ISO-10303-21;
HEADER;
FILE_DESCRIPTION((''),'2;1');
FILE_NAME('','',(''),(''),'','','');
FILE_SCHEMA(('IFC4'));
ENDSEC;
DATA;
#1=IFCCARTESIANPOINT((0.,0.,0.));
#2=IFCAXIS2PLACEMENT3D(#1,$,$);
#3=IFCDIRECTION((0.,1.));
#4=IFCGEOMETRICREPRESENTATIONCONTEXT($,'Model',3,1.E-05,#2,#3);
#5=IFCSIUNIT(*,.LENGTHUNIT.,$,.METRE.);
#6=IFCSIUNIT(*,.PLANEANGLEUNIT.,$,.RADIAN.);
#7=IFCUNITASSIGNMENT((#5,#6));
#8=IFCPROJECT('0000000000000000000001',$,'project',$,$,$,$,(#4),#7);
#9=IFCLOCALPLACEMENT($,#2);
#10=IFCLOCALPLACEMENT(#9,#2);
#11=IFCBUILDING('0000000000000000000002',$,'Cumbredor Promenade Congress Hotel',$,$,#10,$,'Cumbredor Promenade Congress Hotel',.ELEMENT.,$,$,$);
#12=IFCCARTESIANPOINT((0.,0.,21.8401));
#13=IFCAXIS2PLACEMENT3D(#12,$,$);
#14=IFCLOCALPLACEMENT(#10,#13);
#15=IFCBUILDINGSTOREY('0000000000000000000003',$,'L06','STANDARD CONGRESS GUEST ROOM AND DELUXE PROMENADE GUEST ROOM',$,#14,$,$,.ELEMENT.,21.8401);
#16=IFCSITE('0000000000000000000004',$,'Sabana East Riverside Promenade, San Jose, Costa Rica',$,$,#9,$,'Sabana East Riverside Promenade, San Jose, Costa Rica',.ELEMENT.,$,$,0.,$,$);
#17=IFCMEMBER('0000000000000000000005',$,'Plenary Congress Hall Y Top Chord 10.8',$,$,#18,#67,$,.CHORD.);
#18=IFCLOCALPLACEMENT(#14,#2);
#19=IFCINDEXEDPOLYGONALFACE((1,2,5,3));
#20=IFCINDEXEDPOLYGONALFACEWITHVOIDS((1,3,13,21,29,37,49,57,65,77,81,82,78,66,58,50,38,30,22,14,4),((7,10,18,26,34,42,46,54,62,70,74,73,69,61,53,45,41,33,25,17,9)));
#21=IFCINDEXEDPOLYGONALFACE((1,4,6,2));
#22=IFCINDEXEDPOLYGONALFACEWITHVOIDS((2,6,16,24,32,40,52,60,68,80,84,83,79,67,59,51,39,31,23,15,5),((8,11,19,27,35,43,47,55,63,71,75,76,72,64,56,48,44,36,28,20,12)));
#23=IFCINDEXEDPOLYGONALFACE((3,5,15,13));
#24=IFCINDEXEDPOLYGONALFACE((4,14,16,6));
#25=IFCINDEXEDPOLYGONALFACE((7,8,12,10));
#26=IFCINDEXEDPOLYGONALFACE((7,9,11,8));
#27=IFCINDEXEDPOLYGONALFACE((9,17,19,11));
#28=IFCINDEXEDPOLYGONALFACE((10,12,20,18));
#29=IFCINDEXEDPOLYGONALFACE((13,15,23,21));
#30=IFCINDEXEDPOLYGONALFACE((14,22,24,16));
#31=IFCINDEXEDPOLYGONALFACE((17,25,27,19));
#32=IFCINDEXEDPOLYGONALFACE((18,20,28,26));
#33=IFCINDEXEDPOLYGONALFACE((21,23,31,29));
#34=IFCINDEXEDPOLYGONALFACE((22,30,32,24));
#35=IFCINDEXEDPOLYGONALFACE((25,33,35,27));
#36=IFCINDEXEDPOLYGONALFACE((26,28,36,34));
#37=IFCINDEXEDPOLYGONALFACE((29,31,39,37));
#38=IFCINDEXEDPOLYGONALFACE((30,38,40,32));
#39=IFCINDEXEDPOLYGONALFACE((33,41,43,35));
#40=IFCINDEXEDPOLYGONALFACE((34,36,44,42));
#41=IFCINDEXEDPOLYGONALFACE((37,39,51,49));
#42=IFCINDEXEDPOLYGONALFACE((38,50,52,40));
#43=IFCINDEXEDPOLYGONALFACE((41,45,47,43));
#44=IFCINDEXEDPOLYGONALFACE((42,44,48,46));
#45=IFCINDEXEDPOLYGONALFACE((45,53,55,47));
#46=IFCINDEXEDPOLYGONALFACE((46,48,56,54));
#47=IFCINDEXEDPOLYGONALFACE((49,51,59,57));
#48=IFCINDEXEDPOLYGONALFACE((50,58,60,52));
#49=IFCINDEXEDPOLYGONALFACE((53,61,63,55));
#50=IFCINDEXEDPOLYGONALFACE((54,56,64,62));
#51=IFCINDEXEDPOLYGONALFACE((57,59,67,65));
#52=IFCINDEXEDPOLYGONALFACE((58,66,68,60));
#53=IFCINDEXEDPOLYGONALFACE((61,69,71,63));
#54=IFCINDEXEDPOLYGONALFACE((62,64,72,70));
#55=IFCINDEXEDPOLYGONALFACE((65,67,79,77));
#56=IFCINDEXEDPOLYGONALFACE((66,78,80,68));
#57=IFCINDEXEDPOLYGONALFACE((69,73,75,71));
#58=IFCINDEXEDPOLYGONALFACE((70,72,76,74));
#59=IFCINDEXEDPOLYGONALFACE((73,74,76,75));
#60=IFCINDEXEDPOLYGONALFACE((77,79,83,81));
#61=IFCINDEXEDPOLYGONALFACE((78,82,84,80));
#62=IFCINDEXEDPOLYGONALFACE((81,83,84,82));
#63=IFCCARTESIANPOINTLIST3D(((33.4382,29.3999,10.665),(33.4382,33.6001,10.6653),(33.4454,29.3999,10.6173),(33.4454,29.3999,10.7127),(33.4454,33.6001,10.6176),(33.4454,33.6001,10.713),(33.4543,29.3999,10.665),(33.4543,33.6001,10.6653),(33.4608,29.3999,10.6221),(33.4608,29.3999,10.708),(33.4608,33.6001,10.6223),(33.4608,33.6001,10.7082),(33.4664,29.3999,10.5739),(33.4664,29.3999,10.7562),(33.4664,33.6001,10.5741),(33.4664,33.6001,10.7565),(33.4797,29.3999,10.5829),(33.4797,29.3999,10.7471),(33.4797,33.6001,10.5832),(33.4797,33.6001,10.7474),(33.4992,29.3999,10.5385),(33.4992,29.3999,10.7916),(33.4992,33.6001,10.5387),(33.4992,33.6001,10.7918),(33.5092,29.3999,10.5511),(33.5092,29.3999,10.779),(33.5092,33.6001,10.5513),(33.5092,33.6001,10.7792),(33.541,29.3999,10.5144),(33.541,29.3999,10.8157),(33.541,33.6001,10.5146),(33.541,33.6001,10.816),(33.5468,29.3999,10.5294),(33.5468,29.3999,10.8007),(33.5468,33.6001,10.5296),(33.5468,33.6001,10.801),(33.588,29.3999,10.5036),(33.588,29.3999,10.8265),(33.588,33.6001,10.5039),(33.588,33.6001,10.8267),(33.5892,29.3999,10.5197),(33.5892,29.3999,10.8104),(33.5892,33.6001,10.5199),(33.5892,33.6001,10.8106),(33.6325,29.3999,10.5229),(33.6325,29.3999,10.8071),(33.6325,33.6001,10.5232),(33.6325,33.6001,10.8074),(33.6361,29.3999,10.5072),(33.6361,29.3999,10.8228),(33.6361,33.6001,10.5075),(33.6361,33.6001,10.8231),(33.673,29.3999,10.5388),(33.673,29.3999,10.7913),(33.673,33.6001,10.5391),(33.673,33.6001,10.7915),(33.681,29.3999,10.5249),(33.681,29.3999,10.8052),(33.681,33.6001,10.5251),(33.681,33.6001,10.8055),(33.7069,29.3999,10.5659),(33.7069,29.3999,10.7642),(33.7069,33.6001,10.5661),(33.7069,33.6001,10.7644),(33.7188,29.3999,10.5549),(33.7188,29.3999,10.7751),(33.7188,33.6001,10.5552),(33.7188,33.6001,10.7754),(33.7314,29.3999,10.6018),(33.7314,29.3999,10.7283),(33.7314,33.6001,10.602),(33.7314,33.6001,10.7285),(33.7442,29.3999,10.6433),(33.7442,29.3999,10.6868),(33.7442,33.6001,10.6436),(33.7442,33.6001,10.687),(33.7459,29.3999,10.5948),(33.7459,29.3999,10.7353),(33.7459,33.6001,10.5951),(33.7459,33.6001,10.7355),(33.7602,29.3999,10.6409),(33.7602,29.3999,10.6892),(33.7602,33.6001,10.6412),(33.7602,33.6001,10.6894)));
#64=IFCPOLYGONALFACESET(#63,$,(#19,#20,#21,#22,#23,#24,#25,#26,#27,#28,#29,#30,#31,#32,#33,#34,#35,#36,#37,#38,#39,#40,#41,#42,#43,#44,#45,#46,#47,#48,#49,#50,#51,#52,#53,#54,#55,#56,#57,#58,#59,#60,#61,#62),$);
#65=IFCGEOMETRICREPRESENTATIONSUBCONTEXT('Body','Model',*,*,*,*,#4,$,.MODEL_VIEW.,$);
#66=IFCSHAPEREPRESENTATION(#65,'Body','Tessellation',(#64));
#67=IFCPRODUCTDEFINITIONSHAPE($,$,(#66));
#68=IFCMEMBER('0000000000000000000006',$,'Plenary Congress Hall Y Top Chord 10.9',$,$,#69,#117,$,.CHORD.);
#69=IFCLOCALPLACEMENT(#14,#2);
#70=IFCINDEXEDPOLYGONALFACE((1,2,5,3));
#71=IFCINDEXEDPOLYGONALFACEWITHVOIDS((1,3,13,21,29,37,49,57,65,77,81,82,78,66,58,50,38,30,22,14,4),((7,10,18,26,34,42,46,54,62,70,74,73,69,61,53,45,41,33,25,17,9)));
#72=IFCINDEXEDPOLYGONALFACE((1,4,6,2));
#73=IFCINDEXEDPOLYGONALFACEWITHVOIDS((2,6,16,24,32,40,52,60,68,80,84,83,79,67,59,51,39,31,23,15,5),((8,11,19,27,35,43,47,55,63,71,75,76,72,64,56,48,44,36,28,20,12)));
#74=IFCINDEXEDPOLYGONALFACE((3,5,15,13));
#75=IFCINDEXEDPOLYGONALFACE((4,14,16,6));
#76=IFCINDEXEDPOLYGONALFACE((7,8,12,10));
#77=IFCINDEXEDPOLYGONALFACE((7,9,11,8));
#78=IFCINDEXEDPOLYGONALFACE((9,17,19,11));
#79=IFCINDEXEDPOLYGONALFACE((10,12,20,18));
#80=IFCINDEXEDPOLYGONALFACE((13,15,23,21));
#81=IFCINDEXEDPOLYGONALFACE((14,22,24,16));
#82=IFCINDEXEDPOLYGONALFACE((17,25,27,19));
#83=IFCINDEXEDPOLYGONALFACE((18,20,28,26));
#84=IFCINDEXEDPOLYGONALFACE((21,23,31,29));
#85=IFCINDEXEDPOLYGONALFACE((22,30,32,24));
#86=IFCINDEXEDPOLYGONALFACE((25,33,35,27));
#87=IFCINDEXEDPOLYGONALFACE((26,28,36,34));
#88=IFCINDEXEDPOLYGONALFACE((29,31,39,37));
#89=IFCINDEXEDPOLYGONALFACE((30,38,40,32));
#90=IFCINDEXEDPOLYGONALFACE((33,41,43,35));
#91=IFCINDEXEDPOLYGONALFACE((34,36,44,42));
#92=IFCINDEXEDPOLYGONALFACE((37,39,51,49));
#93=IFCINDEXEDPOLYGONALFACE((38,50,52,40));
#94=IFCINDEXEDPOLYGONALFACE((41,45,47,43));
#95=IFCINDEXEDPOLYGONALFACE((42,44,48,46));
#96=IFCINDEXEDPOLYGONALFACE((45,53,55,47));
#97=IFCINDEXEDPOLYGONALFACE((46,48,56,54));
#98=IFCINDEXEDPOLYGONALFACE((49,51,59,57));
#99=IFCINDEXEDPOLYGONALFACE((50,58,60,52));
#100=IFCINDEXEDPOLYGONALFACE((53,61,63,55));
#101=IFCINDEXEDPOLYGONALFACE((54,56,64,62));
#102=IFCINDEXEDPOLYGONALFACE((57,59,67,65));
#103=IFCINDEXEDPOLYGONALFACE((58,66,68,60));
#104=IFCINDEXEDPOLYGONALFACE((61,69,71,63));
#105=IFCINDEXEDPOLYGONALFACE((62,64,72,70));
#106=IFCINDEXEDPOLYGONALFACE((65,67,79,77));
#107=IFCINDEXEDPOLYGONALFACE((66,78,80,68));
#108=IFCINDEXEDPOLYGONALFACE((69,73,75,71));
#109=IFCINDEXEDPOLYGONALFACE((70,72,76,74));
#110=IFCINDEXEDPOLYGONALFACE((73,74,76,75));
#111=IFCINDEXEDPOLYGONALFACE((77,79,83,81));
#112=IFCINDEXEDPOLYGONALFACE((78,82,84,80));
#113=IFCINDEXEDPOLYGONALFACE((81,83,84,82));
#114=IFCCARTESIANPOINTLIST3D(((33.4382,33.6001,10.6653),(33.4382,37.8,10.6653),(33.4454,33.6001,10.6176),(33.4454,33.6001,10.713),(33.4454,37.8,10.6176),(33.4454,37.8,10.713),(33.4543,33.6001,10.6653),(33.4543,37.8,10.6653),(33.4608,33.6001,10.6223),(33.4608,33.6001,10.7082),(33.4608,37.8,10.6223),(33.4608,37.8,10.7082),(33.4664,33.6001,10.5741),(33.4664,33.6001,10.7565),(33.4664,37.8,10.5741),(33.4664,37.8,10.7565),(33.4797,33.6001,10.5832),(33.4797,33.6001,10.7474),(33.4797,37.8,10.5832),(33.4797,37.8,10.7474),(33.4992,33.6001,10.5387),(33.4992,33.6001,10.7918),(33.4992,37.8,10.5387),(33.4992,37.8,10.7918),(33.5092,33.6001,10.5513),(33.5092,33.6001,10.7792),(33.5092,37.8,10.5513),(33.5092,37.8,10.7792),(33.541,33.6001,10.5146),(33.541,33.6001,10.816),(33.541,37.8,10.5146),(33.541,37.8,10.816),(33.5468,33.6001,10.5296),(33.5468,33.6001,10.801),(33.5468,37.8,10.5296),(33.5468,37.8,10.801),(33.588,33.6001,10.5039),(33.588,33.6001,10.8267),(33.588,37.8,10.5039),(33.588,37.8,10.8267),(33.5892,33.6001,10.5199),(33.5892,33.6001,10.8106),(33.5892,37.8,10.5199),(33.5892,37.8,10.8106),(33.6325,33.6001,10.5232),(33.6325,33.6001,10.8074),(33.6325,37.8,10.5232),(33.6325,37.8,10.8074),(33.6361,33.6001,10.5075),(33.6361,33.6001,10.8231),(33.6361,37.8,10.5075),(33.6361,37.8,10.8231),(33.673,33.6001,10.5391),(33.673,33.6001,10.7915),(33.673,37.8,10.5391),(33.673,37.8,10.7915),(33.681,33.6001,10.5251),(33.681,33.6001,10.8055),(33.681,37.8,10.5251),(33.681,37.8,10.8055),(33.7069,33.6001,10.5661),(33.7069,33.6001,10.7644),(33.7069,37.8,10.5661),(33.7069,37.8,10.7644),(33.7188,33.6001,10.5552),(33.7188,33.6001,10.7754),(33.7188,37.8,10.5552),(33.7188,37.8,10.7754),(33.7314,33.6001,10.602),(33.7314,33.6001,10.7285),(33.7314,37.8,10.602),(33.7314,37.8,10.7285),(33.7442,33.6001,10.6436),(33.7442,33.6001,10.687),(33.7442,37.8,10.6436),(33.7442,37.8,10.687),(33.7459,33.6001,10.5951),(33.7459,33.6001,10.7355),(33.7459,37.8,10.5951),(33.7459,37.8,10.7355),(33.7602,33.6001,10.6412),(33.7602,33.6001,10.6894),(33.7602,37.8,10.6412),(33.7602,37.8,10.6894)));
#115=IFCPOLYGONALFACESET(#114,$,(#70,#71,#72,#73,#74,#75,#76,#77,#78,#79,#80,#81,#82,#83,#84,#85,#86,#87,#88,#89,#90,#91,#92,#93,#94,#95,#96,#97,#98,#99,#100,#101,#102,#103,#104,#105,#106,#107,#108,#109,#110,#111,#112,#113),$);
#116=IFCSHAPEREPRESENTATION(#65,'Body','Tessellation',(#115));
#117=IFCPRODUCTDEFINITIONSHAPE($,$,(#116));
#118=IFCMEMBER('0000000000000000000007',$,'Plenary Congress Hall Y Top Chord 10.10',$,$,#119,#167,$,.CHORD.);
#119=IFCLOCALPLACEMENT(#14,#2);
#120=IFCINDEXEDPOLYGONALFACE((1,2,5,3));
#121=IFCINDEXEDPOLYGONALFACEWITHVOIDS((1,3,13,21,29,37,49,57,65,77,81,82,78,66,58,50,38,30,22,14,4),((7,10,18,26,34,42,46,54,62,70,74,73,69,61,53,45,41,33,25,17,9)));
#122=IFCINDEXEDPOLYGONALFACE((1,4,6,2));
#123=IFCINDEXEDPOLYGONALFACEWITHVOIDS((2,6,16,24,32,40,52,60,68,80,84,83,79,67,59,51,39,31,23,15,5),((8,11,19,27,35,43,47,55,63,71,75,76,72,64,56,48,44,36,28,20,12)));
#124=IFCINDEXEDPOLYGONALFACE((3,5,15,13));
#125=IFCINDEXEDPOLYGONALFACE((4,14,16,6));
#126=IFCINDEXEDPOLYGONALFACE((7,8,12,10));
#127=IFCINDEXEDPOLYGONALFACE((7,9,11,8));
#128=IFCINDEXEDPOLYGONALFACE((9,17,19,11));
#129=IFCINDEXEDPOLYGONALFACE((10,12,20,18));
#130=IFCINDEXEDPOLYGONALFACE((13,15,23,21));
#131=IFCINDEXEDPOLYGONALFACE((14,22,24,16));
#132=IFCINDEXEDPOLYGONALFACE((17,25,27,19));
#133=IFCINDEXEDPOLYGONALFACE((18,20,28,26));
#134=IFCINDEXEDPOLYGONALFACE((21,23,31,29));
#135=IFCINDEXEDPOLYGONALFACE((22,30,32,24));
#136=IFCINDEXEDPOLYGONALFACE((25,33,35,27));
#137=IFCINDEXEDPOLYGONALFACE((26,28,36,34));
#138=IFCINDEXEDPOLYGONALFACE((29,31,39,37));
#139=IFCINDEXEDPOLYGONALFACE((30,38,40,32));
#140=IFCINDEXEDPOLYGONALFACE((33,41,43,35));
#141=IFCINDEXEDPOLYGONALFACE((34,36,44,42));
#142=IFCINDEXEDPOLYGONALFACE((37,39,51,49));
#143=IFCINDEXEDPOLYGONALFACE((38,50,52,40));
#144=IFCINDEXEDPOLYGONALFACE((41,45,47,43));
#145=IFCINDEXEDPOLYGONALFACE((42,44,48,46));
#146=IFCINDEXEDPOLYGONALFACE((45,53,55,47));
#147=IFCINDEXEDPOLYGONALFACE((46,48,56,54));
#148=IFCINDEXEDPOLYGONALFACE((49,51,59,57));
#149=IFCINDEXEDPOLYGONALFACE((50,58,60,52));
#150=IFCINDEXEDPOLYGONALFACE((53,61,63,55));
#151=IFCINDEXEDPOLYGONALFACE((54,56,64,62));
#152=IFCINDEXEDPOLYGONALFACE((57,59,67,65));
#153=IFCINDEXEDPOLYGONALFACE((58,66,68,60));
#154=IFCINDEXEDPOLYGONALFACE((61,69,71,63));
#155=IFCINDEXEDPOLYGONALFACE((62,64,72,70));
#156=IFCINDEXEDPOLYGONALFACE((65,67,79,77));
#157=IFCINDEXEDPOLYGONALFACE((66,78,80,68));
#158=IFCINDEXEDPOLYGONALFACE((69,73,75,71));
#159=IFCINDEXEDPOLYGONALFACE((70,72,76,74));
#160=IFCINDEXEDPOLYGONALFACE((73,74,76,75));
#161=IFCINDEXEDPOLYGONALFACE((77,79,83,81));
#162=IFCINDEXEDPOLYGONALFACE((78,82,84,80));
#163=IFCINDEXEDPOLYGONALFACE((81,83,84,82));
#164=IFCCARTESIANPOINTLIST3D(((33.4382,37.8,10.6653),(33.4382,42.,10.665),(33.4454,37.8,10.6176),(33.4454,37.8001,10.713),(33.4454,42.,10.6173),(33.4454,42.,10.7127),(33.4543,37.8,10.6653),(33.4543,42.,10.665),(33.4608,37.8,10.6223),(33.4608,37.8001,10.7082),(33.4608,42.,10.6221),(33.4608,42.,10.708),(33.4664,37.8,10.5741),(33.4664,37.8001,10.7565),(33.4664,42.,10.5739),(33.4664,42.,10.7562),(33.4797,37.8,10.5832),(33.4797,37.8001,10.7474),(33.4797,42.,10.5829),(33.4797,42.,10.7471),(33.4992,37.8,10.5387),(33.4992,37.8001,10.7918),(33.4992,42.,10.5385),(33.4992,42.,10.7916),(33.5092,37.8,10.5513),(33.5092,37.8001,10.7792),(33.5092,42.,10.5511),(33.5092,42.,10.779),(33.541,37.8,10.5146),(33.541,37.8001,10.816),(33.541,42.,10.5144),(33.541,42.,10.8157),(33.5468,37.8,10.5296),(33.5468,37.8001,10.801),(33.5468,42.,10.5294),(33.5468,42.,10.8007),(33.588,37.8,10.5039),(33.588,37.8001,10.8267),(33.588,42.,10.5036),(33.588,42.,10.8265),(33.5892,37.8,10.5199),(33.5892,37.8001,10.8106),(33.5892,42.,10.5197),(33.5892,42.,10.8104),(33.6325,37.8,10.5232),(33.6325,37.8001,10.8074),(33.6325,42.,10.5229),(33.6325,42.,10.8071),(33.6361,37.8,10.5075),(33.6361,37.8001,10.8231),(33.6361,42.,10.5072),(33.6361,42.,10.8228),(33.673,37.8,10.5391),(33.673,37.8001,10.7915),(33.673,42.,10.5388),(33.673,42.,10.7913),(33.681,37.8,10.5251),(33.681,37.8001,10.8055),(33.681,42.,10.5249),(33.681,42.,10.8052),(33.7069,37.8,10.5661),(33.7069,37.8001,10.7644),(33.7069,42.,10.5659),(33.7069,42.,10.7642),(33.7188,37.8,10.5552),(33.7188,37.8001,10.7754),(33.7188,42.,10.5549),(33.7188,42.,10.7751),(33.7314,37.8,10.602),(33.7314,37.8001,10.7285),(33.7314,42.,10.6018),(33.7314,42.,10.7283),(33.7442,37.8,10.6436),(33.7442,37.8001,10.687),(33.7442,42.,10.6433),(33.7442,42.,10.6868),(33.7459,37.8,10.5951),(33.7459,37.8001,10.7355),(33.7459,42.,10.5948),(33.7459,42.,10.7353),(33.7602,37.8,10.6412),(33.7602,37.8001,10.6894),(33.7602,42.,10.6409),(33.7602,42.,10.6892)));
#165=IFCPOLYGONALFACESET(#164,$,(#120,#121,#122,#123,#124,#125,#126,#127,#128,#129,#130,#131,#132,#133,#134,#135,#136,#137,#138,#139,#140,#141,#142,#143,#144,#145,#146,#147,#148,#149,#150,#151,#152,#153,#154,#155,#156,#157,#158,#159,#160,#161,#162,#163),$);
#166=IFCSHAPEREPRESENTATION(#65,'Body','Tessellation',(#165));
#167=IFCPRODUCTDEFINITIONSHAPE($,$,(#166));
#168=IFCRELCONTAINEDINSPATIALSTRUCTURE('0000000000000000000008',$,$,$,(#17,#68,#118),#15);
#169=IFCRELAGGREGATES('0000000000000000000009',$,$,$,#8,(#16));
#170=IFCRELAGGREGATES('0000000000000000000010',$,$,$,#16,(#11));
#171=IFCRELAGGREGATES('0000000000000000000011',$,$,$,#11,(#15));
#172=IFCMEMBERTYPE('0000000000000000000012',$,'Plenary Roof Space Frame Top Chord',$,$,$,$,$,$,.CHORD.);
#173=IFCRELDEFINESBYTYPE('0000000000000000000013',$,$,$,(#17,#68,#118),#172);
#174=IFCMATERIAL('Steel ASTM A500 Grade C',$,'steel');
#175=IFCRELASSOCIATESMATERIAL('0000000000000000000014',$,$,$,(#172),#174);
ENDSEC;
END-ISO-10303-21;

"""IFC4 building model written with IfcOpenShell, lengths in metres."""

from ifc_helpers import new_model, si_unit, direction, frame, origin, origin_2d, place, context, subcontext, project, spatial, hollow_circle, extrude, material, material_profile, profile_set, type_object, element, save


model = new_model("IFC4")

# Units and contexts
model_context = context("Model", 3, precision=1e-05, world=origin(), true_north=direction((0.0, 1.0)))
body_context = subcontext(model_context, "Body", "Model", "MODEL_VIEW")
ifc_project = project(units=[si_unit("LENGTHUNIT", "METRE"), si_unit("PLANEANGLEUNIT", "RADIAN")], contexts=[model_context])

# Site, building, storey
site_placement = place(None, origin())
site = spatial("IfcSite", under=ifc_project, at=site_placement, Name="Sabana East Riverside Promenade, San Jose, Costa Rica", LongName="Sabana East Riverside Promenade, San Jose, Costa Rica", CompositionType="ELEMENT", RefElevation=0.0)
building_placement = place(site_placement, origin())
building = spatial("IfcBuilding", under=site, at=building_placement, Name="Cumbredor Promenade Congress Hotel", LongName="Cumbredor Promenade Congress Hotel", CompositionType="ELEMENT")
storey_placement = place(building_placement, frame((0.0, 0.0, 21.8401)))
storey = spatial("IfcBuildingStorey", under=building, at=storey_placement, Name="L06", Description="STANDARD CONGRESS GUEST ROOM AND DELUXE PROMENADE GUEST ROOM", CompositionType="ELEMENT", Elevation=21.8401)

# Members
ifc_material_1 = material(Name="Steel ASTM A500 Grade C", Category="steel")
ifc_material_profile_1 = material_profile(ifc_material_1, hollow_circle(Radius=0.1619, WallThickness=0.0161, at=origin_2d()), Name="CHS 323.9x16")
ifc_profile_set_1 = profile_set([ifc_material_profile_1], Name="Steel ASTM A500 Grade C")
member_type_1 = type_object("IfcMemberType", Name="Plenary Roof Space Frame Top Chord", PredefinedType="CHORD", material=ifc_profile_set_1)
member_1_placement = place(storey_placement, frame((33.6001, 29.3999, 10.665), z_axis=(0.0, 1.0, 0.000058), x_axis=(-1.0, 0.0, 0.0)))
element("IfcMember", 1, at=member_1_placement, inside=storey, type_object=member_type_1, Name="Plenary Congress Hall Y Top Chord 10.8", PredefinedType="CHORD", context=body_context, shape_type="SweptSolid", body=[
    extrude(hollow_circle(Radius=0.1619, WallThickness=0.0161, at=origin_2d()), origin(), (0.0, 0.0, 1.0), 4.2002),
])
for number, where, z_axis, x_axis, name in (
    (2, (33.6001, 33.6001, 10.6653), (0.0, 1.0, 0.0), (-1.0, 0.0, 0.0), "Plenary Congress Hall Y Top Chord 10.9"),
    (3, (33.6001, 37.8, 10.6653), (0.0, 1.0, -0.000058), (-1.0, 0.0, 0.0), "Plenary Congress Hall Y Top Chord 10.10"),
):
    element("IfcMember", number, at=place(storey_placement, frame(where, z_axis=z_axis, x_axis=x_axis)), inside=storey, type_object=member_type_1, Name=name, PredefinedType="CHORD", context=body_context, shape_type="SweptSolid", body=[
        extrude(hollow_circle(Radius=0.1619, WallThickness=0.0161, at=origin_2d()), origin(), (0.0, 0.0, 1.0), 4.2),
    ])

save(model, "model.ifc")
